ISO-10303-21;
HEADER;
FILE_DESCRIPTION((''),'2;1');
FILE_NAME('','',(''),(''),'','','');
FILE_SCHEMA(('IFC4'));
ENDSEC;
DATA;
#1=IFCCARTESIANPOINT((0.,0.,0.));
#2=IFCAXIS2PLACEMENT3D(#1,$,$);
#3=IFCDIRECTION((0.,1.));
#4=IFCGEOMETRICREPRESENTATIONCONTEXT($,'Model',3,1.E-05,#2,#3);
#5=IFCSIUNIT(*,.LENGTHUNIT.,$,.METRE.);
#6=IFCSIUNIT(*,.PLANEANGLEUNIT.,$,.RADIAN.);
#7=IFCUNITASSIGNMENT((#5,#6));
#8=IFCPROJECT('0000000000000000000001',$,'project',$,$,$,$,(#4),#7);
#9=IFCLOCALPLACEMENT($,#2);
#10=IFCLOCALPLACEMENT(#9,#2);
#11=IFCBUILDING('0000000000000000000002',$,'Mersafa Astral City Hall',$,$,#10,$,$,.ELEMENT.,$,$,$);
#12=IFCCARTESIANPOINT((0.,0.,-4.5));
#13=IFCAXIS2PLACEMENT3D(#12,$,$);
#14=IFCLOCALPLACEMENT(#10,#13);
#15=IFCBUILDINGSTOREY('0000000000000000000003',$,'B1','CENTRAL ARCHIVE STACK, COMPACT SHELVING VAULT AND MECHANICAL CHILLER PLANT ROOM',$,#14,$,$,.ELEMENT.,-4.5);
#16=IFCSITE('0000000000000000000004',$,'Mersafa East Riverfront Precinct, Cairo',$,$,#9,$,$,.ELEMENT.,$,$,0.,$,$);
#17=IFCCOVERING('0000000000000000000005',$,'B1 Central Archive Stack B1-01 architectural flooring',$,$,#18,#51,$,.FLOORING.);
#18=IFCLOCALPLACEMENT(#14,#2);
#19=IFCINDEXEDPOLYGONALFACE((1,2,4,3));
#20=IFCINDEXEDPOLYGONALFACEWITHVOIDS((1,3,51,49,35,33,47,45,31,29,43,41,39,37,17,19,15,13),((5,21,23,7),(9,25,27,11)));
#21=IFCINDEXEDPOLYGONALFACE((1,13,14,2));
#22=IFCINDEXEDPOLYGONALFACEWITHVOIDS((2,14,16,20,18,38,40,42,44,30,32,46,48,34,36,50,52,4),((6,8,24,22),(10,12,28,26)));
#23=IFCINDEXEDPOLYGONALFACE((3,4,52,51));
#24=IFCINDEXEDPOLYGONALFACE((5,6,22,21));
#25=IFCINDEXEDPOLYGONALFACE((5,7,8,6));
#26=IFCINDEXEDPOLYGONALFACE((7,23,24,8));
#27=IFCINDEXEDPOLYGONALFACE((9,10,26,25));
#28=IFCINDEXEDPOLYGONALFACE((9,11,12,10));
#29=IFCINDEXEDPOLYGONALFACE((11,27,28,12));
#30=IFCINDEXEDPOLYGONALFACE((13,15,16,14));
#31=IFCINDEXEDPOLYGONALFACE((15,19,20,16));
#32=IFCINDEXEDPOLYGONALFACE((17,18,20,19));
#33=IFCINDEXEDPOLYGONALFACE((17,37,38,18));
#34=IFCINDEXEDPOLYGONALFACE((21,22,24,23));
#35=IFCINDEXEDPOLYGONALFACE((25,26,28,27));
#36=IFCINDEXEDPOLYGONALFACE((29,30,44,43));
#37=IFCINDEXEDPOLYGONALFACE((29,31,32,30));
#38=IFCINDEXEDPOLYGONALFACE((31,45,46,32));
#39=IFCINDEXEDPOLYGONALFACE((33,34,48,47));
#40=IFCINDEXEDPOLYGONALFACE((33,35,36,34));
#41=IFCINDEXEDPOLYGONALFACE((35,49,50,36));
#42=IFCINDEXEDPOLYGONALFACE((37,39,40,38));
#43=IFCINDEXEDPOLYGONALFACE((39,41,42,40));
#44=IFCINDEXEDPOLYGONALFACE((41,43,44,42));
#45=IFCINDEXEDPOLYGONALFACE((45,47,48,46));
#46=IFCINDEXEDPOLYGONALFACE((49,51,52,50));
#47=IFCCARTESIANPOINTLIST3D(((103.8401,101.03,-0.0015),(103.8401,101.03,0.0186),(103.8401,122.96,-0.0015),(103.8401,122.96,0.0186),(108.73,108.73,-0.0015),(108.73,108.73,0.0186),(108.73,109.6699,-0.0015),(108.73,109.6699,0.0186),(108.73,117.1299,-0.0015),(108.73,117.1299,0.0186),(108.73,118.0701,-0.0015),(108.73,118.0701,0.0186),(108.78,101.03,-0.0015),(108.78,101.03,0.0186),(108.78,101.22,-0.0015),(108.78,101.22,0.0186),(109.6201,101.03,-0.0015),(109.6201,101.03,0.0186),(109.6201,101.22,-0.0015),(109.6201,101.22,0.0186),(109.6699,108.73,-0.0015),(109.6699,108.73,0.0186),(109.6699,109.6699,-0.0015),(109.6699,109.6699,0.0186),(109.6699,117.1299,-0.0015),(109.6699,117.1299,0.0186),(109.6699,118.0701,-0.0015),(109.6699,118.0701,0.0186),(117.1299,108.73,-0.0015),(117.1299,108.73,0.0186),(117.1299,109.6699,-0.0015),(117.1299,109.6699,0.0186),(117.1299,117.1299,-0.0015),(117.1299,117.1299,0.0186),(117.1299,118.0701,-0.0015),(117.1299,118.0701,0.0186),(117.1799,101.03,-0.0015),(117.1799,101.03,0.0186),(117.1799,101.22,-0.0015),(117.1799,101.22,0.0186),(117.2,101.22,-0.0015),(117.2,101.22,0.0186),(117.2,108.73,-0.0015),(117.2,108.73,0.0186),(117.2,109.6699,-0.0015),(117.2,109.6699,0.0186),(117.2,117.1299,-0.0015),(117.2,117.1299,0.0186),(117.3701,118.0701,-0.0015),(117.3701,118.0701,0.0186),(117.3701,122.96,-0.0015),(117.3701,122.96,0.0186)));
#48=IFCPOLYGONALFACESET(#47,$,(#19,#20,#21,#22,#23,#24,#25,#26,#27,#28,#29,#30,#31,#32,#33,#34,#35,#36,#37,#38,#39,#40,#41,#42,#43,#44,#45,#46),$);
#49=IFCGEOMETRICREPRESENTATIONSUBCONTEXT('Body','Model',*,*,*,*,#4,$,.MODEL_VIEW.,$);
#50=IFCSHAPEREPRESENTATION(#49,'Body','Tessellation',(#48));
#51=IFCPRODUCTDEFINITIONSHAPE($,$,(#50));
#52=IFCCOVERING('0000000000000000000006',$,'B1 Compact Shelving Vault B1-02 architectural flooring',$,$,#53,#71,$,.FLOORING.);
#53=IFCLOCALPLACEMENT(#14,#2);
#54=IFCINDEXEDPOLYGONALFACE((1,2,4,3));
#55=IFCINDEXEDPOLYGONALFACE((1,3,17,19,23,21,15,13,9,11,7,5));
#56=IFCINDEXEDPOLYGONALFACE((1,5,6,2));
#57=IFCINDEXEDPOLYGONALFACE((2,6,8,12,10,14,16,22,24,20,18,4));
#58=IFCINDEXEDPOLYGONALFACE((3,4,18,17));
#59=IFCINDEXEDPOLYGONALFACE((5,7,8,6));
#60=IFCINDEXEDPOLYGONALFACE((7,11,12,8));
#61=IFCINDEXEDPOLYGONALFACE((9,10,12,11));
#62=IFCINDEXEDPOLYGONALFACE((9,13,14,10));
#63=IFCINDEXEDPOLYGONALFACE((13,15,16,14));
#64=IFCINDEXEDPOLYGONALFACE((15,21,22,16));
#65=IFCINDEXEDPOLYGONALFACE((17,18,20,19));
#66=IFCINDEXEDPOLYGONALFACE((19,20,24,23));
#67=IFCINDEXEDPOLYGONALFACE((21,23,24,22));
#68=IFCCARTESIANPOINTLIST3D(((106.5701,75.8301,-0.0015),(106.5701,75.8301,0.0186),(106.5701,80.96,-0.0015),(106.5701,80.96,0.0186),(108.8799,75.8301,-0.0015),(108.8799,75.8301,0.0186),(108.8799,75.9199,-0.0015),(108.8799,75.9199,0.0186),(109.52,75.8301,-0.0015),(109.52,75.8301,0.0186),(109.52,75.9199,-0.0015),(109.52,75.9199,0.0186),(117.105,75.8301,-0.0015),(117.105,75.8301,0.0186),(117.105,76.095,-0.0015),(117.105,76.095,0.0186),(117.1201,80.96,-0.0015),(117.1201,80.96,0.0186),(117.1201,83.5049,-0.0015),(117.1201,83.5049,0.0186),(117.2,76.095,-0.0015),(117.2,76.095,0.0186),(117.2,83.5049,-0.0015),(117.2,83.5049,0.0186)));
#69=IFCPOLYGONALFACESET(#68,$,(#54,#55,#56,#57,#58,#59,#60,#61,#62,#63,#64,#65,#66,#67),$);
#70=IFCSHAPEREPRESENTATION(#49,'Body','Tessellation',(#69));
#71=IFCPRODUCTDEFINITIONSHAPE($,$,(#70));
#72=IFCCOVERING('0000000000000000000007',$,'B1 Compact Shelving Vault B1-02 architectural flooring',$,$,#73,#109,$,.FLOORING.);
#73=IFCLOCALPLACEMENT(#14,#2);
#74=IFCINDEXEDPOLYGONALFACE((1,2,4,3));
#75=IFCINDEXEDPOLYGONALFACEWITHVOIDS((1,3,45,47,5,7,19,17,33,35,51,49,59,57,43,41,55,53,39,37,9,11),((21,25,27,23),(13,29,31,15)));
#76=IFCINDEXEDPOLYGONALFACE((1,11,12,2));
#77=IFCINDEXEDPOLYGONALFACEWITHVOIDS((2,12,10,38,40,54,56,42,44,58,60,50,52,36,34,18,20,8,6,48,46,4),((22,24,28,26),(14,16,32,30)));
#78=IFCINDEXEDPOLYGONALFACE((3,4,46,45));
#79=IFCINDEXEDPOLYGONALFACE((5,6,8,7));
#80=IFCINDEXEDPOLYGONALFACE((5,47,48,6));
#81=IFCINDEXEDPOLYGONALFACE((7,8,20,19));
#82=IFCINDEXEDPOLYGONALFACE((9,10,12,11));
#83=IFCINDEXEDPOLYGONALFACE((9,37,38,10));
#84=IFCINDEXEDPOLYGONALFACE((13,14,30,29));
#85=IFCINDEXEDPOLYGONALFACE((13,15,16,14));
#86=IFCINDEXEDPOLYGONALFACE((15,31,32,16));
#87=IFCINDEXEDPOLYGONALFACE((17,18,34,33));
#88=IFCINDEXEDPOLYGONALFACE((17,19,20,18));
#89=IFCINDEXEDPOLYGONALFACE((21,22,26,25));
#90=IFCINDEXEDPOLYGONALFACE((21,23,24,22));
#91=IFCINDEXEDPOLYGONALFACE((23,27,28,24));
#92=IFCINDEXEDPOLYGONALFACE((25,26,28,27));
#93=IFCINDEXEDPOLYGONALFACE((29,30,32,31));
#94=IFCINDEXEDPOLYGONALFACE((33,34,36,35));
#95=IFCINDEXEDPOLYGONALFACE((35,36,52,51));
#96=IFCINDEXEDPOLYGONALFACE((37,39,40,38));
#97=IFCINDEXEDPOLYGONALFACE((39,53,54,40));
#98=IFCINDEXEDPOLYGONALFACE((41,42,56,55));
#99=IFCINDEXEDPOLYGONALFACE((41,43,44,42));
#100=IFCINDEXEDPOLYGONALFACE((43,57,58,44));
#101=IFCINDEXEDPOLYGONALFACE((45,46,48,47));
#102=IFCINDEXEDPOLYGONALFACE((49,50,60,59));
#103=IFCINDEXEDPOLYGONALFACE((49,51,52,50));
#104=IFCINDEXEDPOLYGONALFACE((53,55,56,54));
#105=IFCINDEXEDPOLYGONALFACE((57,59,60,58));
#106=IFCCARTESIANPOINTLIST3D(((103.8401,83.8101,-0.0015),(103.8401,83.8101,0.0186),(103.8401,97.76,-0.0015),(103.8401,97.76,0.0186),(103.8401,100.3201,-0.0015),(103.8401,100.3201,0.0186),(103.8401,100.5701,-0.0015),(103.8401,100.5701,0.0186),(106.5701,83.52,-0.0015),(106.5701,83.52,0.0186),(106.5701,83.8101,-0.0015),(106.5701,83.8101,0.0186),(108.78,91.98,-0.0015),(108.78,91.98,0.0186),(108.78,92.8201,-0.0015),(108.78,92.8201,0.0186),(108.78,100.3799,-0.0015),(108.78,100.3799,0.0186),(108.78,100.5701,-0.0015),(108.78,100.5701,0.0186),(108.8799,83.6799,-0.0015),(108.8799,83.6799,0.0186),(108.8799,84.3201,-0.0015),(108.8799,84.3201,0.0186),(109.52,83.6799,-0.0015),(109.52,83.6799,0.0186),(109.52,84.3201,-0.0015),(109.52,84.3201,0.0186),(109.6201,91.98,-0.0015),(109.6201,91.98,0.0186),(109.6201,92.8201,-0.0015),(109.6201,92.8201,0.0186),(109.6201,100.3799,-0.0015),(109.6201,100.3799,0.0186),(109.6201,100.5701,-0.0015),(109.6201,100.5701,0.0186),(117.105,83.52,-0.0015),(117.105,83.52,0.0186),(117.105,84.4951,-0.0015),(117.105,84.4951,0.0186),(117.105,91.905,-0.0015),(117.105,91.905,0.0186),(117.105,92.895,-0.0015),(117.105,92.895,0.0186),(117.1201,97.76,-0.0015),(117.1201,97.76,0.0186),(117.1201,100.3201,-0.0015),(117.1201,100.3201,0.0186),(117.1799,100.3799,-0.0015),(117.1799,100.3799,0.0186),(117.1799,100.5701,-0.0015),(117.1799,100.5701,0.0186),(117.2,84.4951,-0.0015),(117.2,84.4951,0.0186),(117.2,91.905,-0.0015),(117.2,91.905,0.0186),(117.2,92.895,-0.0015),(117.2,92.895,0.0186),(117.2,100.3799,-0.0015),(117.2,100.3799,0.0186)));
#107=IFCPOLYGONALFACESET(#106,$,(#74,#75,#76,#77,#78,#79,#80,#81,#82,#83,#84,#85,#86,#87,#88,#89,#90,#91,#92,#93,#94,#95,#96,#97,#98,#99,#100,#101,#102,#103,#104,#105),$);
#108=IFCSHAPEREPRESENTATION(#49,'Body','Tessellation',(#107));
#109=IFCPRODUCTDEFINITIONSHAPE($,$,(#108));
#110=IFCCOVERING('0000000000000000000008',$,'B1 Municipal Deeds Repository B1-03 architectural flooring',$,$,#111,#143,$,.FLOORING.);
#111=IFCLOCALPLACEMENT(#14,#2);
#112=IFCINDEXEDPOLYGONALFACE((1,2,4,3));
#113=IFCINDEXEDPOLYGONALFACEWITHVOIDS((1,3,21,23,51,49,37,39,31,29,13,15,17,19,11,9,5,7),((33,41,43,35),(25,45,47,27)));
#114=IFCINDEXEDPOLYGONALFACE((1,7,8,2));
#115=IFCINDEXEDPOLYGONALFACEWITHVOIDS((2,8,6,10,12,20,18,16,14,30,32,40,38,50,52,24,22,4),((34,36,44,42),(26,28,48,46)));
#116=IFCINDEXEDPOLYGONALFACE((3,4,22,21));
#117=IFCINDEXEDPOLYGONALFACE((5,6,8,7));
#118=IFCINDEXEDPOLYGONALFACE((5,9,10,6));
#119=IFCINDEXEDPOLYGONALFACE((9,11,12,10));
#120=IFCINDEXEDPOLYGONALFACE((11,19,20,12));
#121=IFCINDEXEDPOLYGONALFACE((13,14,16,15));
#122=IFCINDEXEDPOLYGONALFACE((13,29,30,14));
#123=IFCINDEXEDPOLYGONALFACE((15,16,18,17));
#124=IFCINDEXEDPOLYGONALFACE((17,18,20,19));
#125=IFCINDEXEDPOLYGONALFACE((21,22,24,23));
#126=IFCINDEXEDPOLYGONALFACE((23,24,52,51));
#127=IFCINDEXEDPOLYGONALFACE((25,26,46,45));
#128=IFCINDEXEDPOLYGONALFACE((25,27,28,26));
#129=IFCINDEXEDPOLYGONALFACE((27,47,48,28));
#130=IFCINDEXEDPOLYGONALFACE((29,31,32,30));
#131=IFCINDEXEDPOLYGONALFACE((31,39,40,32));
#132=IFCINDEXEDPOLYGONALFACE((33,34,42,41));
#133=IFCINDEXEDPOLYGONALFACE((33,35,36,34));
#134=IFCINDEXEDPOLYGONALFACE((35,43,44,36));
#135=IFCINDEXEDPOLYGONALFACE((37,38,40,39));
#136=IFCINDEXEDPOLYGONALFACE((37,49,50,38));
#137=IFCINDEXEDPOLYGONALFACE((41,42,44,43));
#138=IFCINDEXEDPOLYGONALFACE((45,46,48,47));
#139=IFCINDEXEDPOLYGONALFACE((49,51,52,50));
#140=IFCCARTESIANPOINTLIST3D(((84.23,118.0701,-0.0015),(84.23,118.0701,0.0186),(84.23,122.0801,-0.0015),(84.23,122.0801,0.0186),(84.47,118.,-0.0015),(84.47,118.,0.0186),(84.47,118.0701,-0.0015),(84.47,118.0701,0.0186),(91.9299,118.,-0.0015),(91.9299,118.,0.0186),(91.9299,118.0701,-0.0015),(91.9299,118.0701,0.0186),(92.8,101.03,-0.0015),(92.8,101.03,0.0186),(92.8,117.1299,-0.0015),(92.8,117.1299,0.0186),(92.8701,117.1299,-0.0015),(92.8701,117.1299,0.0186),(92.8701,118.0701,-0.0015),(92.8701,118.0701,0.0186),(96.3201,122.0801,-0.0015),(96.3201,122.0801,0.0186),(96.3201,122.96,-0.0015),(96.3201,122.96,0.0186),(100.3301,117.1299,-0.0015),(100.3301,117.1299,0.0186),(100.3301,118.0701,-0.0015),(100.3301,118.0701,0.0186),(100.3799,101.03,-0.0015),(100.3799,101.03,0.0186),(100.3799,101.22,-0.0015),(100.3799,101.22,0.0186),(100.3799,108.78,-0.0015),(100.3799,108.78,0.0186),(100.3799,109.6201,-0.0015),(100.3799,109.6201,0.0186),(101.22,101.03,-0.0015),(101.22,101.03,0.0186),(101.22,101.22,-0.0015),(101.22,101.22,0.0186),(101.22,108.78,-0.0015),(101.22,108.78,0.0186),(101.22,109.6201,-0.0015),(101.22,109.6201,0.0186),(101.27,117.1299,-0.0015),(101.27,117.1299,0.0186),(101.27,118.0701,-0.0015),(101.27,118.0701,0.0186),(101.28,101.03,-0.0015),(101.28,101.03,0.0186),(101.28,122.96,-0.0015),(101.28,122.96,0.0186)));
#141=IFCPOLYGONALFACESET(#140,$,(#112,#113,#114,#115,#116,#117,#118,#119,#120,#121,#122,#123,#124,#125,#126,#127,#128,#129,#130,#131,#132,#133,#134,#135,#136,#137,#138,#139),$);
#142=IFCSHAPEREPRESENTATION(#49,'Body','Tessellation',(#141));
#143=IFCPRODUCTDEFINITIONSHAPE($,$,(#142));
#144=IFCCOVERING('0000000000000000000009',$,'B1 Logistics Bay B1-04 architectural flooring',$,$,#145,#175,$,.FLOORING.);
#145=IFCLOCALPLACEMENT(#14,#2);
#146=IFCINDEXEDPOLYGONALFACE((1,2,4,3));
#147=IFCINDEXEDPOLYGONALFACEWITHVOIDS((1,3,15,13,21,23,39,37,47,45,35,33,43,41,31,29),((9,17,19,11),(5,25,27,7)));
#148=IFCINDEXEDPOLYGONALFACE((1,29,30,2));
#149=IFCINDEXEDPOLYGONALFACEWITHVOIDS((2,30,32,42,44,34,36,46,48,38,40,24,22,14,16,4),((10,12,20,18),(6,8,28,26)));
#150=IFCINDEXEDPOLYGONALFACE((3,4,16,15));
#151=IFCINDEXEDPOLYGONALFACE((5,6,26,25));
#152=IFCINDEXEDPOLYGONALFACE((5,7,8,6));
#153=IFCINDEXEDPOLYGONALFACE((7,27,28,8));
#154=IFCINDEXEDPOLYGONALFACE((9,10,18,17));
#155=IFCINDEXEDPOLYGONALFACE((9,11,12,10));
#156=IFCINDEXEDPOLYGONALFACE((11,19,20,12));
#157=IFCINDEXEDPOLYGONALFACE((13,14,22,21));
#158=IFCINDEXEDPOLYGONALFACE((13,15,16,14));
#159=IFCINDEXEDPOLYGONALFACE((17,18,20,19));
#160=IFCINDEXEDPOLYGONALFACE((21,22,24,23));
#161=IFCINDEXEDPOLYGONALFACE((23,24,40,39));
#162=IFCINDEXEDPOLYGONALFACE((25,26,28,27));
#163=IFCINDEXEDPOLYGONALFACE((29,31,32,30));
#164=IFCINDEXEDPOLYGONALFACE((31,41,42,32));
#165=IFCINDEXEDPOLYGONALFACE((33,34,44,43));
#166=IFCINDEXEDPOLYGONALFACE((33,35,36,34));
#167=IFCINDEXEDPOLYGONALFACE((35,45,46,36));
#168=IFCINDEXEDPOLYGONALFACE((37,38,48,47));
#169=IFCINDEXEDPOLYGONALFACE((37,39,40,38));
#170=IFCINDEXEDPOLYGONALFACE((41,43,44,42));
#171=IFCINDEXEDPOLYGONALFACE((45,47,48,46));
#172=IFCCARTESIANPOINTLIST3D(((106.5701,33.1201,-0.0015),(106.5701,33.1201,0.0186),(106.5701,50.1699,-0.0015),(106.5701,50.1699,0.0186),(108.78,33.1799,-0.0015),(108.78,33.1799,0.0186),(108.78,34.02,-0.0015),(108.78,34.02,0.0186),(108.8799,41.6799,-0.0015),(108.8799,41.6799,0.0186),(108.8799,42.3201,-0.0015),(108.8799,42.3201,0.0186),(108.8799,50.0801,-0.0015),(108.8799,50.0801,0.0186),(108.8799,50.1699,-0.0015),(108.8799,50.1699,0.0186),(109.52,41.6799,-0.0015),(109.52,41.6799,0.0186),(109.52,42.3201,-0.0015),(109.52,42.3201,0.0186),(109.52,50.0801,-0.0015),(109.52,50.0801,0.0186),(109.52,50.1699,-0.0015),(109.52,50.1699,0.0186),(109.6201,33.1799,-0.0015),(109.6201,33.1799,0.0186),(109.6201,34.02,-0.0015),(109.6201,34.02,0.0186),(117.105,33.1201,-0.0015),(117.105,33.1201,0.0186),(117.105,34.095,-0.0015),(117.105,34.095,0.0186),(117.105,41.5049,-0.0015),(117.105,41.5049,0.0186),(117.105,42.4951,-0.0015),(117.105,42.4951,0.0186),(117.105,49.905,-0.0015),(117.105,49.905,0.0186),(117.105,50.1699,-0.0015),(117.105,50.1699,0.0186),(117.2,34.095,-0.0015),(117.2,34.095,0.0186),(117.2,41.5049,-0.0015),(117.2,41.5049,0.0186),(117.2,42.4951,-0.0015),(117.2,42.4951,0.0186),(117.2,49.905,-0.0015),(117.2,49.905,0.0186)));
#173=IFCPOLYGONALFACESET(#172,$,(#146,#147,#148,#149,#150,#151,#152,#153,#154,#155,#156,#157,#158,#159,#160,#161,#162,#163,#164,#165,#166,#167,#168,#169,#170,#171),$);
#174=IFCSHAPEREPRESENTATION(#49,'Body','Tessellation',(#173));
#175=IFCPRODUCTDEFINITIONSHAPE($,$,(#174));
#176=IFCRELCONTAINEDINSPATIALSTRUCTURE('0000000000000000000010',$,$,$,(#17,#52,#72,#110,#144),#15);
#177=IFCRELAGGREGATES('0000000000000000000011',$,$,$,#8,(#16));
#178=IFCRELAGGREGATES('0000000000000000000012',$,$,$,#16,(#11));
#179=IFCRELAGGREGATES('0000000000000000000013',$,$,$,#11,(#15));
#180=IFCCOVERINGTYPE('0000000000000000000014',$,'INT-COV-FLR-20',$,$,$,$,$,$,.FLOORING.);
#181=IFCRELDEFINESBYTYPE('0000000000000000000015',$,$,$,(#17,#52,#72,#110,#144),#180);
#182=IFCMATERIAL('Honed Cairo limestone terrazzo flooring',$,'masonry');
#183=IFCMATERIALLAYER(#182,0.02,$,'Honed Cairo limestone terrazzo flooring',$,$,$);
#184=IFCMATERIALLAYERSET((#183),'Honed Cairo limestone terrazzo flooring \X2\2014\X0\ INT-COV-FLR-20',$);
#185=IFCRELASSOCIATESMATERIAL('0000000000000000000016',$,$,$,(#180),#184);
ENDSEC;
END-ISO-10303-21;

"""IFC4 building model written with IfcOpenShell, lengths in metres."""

from ifc_helpers import new_model, si_unit, direction, frame, origin, place, context, subcontext, project, spatial, polyline, outline, extrude, material, layer, layer_set, type_object, element, save


model = new_model("IFC4")

# Units and contexts
model_context = context("Model", 3, precision=1e-05, world=origin(), true_north=direction((0.0, 1.0)))
body_context = subcontext(model_context, "Body", "Model", "MODEL_VIEW")
ifc_project = project(units=[si_unit("LENGTHUNIT", "METRE"), si_unit("PLANEANGLEUNIT", "RADIAN")], contexts=[model_context])

# Site, building, storey
site_placement = place(None, origin())
site = spatial("IfcSite", under=ifc_project, at=site_placement, Name="Mersafa East Riverfront Precinct, Cairo", CompositionType="ELEMENT", RefElevation=0.0)
building_placement = place(site_placement, origin())
building = spatial("IfcBuilding", under=site, at=building_placement, Name="Mersafa Astral City Hall", CompositionType="ELEMENT")
storey_placement = place(building_placement, frame((0.0, 0.0, -4.5)))
storey = spatial("IfcBuildingStorey", under=building, at=storey_placement, Name="B1", Description="CENTRAL ARCHIVE STACK, COMPACT SHELVING VAULT AND MECHANICAL CHILLER PLANT ROOM", CompositionType="ELEMENT", Elevation=-4.5)

# Coverings
ifc_material_1 = material(Name="Honed Cairo limestone terrazzo flooring", Category="masonry")
ifc_layer_1 = layer(ifc_material_1, 0.02, Name="Honed Cairo limestone terrazzo flooring")
ifc_layer_set_1 = layer_set([ifc_layer_1], Name="Honed Cairo limestone terrazzo flooring — INT-COV-FLR-20")
covering_type = type_object("IfcCoveringType", Name="INT-COV-FLR-20", PredefinedType="FLOORING", material=ifc_layer_set_1)
covering_1_placement = place(storey_placement, frame((0.0, 0.0, -0.0015)))
element("IfcCovering", 1, at=covering_1_placement, inside=storey, type_object=covering_type, Name="B1 Central Archive Stack B1-01 architectural flooring", PredefinedType="FLOORING", context=body_context, shape_type="SweptSolid", body=[
    extrude(outline(polyline([(117.1799, 101.22), (117.1799, 101.03), (109.6201, 101.03), (109.6201, 101.22), (108.78, 101.22), (108.78, 101.03), (103.8401, 101.03), (103.8401, 122.96), (117.3701, 122.96), (117.3701, 118.0701), (117.1299, 118.0701), (117.1299, 117.1299), (117.2, 117.1299), (117.2, 109.6699), (117.1299, 109.6699), (117.1299, 108.73), (117.2, 108.73), (117.2, 101.22), (117.1799, 101.22)]), holes=[polyline([(108.73, 108.73), (109.6699, 108.73), (109.6699, 109.6699), (108.73, 109.6699), (108.73, 108.73)]), polyline([(108.73, 117.1299), (109.6699, 117.1299), (109.6699, 118.0701), (108.73, 118.0701), (108.73, 117.1299)])]), origin(), (0.0, 0.0, 1.0), 0.02),
])
covering_2_placement = place(storey_placement, frame((0.0, 0.0, -0.0015)))
element("IfcCovering", 2, at=covering_2_placement, inside=storey, type_object=covering_type, Name="B1 Compact Shelving Vault B1-02 architectural flooring", PredefinedType="FLOORING", context=body_context, shape_type="SweptSolid", body=[
    extrude(outline(polyline([(106.5701, 75.8301), (106.5701, 80.96), (117.1201, 80.96), (117.1201, 83.5049), (117.2, 83.5049), (117.2, 76.095), (117.105, 76.095), (117.105, 75.8301), (109.52, 75.8301), (109.52, 75.9199), (108.8799, 75.9199), (108.8799, 75.8301), (106.5701, 75.8301)])), origin(), (0.0, 0.0, 1.0), 0.02),
])
covering_3_placement = place(storey_placement, frame((0.0, 0.0, -0.0015)))
element("IfcCovering", 3, at=covering_3_placement, inside=storey, type_object=covering_type, Name="B1 Compact Shelving Vault B1-02 architectural flooring", PredefinedType="FLOORING", context=body_context, shape_type="SweptSolid", body=[
    extrude(outline(polyline([(106.5701, 83.52), (106.5701, 83.8101), (103.8401, 83.8101), (103.8401, 97.76), (117.1201, 97.76), (117.1201, 100.3201), (103.8401, 100.3201), (103.8401, 100.5701), (108.78, 100.5701), (108.78, 100.3799), (109.6201, 100.3799), (109.6201, 100.5701), (117.1799, 100.5701), (117.1799, 100.3799), (117.2, 100.3799), (117.2, 92.895), (117.105, 92.895), (117.105, 91.905), (117.2, 91.905), (117.2, 84.4951), (117.105, 84.4951), (117.105, 83.52), (106.5701, 83.52)]), holes=[polyline([(108.78, 91.98), (109.6201, 91.98), (109.6201, 92.8201), (108.78, 92.8201), (108.78, 91.98)]), polyline([(108.8799, 83.6799), (109.52, 83.6799), (109.52, 84.3201), (108.8799, 84.3201), (108.8799, 83.6799)])]), origin(), (0.0, 0.0, 1.0), 0.02),
])
covering_4_placement = place(storey_placement, frame((0.0, 0.0, -0.0015)))
element("IfcCovering", 4, at=covering_4_placement, inside=storey, type_object=covering_type, Name="B1 Municipal Deeds Repository B1-03 architectural flooring", PredefinedType="FLOORING", context=body_context, shape_type="SweptSolid", body=[
    extrude(outline(polyline([(84.47, 118.0701), (84.23, 118.0701), (84.23, 122.0801), (96.3201, 122.0801), (96.3201, 122.96), (101.28, 122.96), (101.28, 101.03), (101.22, 101.03), (101.22, 101.22), (100.3799, 101.22), (100.3799, 101.03), (92.8, 101.03), (92.8, 117.1299), (92.8701, 117.1299), (92.8701, 118.0701), (91.9299, 118.0701), (91.9299, 118.0), (84.47, 118.0), (84.47, 118.0701)]), holes=[polyline([(100.3301, 117.1299), (101.27, 117.1299), (101.27, 118.0701), (100.3301, 118.0701), (100.3301, 117.1299)]), polyline([(100.3799, 108.78), (101.22, 108.78), (101.22, 109.6201), (100.3799, 109.6201), (100.3799, 108.78)])]), origin(), (0.0, 0.0, 1.0), 0.02),
])
covering_5_placement = place(storey_placement, frame((0.0, 0.0, -0.0015)))
element("IfcCovering", 5, at=covering_5_placement, inside=storey, type_object=covering_type, Name="B1 Logistics Bay B1-04 architectural flooring", PredefinedType="FLOORING", context=body_context, shape_type="SweptSolid", body=[
    extrude(outline(polyline([(108.8799, 50.0801), (109.52, 50.0801), (109.52, 50.1699), (117.105, 50.1699), (117.105, 49.905), (117.2, 49.905), (117.2, 42.4951), (117.105, 42.4951), (117.105, 41.5049), (117.2, 41.5049), (117.2, 34.095), (117.105, 34.095), (117.105, 33.1201), (106.5701, 33.1201), (106.5701, 50.1699), (108.8799, 50.1699), (108.8799, 50.0801)]), holes=[polyline([(108.78, 33.1799), (109.6201, 33.1799), (109.6201, 34.02), (108.78, 34.02), (108.78, 33.1799)]), polyline([(108.8799, 41.6799), (109.52, 41.6799), (109.52, 42.3201), (108.8799, 42.3201), (108.8799, 41.6799)])]), origin(), (0.0, 0.0, 1.0), 0.02),
])

save(model, "model.ifc")
